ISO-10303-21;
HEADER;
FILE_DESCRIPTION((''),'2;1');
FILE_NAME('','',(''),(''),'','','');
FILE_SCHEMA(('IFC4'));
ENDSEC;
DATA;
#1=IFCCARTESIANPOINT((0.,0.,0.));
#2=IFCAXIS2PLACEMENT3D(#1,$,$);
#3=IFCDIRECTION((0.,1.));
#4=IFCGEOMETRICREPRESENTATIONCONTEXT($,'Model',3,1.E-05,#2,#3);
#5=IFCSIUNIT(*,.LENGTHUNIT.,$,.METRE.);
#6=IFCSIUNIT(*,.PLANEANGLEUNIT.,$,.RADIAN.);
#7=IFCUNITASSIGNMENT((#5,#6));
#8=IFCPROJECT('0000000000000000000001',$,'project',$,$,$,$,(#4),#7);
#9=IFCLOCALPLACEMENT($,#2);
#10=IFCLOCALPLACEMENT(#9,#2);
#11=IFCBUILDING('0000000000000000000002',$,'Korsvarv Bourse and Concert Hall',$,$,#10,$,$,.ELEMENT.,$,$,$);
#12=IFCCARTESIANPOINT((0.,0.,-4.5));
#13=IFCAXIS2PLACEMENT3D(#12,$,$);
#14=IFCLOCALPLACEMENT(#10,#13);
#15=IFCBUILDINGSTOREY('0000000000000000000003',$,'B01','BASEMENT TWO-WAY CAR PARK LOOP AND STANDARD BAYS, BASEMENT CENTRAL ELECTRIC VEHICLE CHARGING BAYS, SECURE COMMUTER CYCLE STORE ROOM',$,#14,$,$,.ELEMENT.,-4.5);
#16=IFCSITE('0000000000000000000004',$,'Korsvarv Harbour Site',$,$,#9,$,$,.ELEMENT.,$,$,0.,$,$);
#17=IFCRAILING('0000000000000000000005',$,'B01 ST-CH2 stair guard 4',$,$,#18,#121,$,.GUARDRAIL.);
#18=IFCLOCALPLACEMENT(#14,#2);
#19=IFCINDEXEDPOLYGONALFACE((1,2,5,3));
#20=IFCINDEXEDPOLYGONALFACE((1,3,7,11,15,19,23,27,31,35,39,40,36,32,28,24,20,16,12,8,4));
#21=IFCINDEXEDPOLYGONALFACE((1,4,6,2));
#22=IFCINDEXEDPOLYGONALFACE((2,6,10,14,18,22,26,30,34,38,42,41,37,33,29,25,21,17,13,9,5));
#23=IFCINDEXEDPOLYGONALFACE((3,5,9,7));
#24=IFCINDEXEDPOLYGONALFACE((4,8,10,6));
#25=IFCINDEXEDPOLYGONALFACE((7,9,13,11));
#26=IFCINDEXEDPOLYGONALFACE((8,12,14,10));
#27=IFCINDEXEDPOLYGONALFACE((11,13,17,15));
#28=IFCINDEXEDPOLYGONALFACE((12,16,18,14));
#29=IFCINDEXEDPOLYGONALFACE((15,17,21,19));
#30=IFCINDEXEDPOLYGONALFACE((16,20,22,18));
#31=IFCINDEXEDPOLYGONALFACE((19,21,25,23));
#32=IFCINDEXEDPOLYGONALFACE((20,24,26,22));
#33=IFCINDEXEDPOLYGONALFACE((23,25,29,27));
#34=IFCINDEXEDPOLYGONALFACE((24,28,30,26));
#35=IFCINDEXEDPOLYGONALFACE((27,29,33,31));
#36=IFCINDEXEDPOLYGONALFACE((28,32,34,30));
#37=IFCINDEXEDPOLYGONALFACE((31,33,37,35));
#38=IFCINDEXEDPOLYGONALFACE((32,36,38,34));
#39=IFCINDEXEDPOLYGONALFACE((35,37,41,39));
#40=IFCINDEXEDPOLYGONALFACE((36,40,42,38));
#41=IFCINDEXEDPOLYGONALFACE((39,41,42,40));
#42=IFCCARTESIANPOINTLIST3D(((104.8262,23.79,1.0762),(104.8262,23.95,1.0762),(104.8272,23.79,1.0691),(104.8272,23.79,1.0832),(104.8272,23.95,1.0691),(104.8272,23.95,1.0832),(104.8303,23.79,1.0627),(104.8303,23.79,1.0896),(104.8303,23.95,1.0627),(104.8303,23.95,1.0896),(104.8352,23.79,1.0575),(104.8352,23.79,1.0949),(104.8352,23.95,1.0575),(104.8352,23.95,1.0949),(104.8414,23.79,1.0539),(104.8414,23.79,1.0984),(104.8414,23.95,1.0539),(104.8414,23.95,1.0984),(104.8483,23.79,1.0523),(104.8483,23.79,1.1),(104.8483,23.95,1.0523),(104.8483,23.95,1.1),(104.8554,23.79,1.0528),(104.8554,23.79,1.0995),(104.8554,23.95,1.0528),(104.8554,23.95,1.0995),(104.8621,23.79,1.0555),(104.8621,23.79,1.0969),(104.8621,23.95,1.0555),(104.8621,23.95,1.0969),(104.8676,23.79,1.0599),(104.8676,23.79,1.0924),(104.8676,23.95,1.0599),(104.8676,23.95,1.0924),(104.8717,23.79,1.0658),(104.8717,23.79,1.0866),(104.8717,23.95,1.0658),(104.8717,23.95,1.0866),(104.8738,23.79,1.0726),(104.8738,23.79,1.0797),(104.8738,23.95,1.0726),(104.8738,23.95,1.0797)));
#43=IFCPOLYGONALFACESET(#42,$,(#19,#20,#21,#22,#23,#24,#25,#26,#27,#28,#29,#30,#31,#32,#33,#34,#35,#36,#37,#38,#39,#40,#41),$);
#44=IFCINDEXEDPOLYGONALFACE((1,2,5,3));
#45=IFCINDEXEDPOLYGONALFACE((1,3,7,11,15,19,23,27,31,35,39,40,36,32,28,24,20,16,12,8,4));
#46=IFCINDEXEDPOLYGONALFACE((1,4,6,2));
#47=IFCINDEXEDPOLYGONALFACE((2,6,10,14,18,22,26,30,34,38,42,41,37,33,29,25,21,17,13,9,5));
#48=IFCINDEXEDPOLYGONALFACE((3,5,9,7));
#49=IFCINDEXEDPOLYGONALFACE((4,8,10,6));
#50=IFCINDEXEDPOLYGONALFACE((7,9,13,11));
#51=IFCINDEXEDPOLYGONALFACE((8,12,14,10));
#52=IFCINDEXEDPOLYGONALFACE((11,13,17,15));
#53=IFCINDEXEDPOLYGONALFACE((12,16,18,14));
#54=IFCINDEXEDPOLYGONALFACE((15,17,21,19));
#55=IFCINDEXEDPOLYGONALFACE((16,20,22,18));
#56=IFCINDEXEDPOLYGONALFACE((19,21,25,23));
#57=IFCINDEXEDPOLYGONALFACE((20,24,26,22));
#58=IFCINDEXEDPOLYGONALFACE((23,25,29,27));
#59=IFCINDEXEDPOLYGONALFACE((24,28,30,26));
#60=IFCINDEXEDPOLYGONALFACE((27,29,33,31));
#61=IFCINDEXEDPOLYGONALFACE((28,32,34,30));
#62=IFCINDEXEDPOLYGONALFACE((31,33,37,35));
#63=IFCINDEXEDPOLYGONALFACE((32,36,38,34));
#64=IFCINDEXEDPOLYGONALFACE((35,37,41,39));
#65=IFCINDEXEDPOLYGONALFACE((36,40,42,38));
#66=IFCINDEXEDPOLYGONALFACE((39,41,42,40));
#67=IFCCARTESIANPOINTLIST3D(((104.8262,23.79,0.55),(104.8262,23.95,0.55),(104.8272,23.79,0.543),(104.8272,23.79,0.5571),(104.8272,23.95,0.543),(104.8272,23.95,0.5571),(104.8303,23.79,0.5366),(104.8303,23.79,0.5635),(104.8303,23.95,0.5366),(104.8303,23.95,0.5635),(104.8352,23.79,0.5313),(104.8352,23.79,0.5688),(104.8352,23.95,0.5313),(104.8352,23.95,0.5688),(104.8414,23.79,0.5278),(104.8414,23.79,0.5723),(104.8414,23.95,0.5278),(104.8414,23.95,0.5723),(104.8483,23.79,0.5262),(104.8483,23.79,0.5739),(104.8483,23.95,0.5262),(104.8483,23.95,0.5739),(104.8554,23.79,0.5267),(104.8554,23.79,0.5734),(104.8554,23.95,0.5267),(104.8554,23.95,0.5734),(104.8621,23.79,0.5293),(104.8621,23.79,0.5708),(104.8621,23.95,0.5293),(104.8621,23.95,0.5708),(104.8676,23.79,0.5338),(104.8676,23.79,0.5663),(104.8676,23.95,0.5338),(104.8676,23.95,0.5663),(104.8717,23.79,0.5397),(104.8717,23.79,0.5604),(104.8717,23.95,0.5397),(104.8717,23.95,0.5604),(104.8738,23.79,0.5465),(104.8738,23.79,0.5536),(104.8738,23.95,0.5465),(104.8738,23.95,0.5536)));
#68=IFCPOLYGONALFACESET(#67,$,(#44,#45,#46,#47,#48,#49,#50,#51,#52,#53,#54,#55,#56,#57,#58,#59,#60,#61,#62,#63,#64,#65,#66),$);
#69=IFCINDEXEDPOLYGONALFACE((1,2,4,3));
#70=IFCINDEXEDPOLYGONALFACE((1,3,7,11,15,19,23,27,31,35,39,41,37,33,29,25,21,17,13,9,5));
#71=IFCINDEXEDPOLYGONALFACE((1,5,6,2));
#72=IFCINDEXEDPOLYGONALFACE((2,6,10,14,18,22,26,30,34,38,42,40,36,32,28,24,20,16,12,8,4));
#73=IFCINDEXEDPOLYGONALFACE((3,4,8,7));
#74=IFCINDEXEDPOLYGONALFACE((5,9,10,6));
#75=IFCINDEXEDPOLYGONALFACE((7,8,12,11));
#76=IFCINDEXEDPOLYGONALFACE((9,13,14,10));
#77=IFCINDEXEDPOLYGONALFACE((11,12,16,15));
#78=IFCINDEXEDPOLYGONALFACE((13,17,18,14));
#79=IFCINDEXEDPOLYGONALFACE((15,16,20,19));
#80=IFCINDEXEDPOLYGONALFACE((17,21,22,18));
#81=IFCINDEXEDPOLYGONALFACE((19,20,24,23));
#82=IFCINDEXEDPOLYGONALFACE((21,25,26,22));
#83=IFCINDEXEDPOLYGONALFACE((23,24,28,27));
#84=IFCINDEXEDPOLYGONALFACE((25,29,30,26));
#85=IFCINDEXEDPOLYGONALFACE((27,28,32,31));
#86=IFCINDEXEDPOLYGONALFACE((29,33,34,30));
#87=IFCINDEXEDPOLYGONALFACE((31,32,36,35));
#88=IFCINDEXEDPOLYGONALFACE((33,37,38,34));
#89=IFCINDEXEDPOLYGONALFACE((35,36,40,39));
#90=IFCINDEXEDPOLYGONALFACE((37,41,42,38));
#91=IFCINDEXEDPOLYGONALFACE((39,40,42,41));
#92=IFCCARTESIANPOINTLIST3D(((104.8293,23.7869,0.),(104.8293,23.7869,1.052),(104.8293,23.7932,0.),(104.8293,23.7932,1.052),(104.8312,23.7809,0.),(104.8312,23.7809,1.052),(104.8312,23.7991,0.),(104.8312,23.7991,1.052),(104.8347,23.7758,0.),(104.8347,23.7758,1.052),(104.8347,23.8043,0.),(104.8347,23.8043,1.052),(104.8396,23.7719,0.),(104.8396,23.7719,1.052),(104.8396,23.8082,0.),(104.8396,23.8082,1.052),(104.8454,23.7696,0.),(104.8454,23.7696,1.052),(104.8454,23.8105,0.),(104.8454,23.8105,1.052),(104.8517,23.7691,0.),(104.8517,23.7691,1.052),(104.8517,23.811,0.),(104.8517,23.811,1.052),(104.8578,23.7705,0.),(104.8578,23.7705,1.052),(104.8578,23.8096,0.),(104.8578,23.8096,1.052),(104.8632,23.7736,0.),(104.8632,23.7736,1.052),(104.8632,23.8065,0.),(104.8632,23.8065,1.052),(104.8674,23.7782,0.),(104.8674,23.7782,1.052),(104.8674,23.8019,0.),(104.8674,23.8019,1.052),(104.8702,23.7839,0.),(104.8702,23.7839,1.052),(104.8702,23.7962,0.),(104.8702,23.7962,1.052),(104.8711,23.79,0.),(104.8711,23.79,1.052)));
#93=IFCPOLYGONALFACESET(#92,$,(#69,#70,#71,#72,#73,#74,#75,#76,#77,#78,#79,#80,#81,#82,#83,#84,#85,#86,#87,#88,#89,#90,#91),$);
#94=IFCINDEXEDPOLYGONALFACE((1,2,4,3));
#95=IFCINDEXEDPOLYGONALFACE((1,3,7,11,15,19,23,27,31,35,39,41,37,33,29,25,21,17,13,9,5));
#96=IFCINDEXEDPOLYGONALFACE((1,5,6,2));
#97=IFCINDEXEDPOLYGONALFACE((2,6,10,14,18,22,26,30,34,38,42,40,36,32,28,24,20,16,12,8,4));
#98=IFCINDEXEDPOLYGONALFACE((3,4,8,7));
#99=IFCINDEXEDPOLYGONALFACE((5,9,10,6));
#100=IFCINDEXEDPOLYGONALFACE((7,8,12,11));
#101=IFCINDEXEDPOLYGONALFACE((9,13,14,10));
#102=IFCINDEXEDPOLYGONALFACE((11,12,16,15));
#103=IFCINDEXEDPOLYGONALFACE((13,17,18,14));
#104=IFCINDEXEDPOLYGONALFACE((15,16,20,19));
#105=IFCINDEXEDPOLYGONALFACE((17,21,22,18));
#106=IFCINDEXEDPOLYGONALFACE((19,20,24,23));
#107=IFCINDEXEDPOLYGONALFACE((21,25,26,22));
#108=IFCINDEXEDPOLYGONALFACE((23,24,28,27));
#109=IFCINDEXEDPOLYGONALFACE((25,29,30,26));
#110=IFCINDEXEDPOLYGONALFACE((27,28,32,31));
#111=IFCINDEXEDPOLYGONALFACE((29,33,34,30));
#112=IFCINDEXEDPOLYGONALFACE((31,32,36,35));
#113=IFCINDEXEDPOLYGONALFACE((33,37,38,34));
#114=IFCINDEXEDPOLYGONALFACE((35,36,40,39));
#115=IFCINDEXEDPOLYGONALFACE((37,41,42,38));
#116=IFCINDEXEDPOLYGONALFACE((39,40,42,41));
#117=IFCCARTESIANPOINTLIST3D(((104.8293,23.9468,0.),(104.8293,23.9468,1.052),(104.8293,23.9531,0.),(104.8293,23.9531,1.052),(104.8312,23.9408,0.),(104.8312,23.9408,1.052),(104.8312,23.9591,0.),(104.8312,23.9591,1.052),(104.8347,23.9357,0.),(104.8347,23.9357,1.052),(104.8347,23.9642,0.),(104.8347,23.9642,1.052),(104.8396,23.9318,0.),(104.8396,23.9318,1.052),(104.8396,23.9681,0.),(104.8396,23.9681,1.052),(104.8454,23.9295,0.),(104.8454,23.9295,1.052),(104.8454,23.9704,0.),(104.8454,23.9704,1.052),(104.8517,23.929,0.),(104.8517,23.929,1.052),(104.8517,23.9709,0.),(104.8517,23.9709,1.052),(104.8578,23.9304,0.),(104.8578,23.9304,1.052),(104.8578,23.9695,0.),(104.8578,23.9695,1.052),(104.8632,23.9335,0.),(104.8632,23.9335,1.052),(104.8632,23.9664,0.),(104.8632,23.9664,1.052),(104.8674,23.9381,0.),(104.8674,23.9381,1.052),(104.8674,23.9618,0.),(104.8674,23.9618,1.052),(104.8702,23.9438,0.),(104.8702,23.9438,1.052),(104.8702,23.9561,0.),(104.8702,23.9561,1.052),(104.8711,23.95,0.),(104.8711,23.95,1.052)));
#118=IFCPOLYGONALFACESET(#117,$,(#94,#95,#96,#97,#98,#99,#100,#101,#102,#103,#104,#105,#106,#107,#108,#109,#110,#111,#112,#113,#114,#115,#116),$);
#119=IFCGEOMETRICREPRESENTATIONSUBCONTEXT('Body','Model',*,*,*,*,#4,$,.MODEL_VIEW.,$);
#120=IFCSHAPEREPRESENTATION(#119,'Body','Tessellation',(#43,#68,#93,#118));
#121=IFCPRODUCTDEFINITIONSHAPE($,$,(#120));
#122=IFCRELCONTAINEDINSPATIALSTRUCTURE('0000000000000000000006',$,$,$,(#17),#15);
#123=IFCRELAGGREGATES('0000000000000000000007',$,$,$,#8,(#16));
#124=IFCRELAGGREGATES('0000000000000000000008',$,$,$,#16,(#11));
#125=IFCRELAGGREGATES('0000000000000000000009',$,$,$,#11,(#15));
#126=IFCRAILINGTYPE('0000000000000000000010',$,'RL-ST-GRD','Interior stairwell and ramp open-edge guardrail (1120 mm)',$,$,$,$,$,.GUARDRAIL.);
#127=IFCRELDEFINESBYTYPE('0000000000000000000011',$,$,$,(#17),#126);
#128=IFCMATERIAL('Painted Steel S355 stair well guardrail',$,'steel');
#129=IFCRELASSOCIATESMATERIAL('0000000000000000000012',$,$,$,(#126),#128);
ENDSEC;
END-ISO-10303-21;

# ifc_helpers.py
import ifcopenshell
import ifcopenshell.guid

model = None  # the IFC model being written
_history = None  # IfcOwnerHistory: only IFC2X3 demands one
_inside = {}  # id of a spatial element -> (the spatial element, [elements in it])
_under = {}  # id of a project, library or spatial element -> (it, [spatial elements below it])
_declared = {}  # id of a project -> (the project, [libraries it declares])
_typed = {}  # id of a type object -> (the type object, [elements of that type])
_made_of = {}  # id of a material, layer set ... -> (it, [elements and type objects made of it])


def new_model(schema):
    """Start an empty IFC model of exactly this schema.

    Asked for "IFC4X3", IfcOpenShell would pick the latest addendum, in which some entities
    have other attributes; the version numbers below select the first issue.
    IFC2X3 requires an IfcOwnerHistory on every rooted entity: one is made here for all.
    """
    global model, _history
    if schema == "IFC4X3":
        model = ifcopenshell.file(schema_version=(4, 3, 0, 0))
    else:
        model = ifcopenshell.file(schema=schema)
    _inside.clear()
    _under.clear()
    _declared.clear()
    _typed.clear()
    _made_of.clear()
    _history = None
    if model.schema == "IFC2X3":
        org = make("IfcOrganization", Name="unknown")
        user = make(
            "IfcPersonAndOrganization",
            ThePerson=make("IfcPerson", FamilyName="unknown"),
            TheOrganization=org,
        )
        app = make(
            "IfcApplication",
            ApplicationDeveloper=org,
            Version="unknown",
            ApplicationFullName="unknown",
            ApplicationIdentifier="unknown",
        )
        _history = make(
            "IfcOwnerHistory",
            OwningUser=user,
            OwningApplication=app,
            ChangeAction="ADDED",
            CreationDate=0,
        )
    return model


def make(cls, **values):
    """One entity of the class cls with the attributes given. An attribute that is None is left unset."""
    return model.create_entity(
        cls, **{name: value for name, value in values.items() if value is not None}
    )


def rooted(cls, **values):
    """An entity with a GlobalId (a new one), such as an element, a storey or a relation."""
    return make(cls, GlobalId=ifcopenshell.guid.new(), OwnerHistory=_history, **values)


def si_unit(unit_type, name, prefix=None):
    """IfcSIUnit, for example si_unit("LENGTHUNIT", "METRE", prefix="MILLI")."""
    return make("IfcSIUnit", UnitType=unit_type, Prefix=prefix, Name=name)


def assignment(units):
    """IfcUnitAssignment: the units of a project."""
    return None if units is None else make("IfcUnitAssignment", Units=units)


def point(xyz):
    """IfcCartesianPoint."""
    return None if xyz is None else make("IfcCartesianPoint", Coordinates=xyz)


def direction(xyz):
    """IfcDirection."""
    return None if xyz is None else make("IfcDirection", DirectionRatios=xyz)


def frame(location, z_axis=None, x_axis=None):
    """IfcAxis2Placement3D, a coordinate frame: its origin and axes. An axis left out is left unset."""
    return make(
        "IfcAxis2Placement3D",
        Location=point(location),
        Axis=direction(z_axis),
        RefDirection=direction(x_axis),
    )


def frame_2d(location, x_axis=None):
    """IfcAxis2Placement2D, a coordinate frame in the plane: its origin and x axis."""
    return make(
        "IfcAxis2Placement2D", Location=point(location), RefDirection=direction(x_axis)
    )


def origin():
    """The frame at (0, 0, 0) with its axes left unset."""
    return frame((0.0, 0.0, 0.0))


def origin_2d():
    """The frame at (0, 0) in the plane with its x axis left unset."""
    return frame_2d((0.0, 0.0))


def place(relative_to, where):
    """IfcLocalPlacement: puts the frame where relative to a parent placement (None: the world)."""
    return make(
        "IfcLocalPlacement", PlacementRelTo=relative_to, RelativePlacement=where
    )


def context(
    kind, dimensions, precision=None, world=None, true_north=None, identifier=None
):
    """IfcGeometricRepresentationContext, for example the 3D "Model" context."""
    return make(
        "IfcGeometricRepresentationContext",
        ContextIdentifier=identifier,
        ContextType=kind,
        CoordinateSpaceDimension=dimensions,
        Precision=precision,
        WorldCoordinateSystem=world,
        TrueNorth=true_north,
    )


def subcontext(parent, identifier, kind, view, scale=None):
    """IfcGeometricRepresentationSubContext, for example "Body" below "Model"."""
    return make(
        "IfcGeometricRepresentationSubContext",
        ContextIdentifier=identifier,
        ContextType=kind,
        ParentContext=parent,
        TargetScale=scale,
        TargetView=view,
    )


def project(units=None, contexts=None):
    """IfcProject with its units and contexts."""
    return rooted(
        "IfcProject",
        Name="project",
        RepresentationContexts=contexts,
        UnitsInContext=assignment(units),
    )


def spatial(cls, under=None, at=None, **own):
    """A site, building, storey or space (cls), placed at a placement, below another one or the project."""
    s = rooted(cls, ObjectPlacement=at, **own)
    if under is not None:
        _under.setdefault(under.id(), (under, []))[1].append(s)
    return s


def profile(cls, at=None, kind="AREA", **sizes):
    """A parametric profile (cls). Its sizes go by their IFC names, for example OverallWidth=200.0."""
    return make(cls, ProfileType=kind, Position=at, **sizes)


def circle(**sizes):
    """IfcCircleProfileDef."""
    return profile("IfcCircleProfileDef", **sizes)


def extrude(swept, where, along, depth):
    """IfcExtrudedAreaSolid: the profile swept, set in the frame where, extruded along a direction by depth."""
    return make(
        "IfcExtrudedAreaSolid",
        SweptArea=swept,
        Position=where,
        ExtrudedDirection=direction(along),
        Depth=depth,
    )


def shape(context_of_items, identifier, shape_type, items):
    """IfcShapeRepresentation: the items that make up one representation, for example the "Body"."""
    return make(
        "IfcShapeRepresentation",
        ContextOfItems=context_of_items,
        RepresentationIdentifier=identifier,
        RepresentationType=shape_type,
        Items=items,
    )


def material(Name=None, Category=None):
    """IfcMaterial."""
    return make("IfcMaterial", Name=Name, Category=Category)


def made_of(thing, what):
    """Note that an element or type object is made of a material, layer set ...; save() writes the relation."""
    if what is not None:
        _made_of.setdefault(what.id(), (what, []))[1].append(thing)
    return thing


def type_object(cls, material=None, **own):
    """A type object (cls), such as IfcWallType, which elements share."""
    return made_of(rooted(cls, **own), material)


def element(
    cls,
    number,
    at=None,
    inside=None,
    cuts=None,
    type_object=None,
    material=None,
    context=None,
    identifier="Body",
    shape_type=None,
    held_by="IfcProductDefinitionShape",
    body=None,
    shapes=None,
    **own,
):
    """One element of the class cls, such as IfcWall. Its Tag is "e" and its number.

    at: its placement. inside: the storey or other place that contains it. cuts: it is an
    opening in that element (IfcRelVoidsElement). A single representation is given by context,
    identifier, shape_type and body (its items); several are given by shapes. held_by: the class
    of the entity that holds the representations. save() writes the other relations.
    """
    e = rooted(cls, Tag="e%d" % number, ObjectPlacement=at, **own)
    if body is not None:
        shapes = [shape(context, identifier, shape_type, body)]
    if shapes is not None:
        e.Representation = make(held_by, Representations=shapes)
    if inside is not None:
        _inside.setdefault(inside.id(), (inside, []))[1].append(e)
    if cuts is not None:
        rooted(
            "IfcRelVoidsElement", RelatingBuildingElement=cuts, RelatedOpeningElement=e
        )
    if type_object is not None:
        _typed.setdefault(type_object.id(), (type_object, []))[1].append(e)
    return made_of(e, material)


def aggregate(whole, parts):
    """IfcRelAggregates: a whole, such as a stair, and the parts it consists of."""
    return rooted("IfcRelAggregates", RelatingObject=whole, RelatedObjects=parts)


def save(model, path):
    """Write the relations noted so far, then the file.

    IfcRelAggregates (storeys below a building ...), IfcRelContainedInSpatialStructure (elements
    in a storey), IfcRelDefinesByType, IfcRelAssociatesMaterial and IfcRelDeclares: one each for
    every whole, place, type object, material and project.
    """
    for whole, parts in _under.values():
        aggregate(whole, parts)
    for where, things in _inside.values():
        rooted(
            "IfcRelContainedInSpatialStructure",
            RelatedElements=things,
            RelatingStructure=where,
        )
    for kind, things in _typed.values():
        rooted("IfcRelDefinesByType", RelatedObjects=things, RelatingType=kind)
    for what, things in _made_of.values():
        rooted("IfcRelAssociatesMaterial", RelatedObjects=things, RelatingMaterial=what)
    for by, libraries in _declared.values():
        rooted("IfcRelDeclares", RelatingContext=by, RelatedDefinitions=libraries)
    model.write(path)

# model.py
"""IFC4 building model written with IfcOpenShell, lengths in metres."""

from ifc_helpers import new_model, si_unit, direction, frame, origin, origin_2d, place, context, subcontext, project, spatial, circle, extrude, material, type_object, element, save


model = new_model("IFC4")

# Units and contexts
model_context = context("Model", 3, precision=1e-05, world=origin(), true_north=direction((0.0, 1.0)))
body_context = subcontext(model_context, "Body", "Model", "MODEL_VIEW")
ifc_project = project(units=[si_unit("LENGTHUNIT", "METRE"), si_unit("PLANEANGLEUNIT", "RADIAN")], contexts=[model_context])

# Site, building, storey
site_placement = place(None, origin())
site = spatial("IfcSite", under=ifc_project, at=site_placement, Name="Korsvarv Harbour Site", CompositionType="ELEMENT", RefElevation=0.0)
building_placement = place(site_placement, origin())
building = spatial("IfcBuilding", under=site, at=building_placement, Name="Korsvarv Bourse and Concert Hall", CompositionType="ELEMENT")
storey_placement = place(building_placement, frame((0.0, 0.0, -4.5)))
storey = spatial("IfcBuildingStorey", under=building, at=storey_placement, Name="B01", Description="BASEMENT TWO-WAY CAR PARK LOOP AND STANDARD BAYS, BASEMENT CENTRAL ELECTRIC VEHICLE CHARGING BAYS, SECURE COMMUTER CYCLE STORE ROOM", CompositionType="ELEMENT", Elevation=-4.5)

# Railing
ifc_material_1 = material(Name="Painted Steel S355 stair well guardrail", Category="steel")
railing_type_1 = type_object("IfcRailingType", Name="RL-ST-GRD", Description="Interior stairwell and ramp open-edge guardrail (1120 mm)", PredefinedType="GUARDRAIL", material=ifc_material_1)
railing_1_placement = place(storey_placement, frame((104.8501, 23.79, 0.0)))
element("IfcRailing", 1, at=railing_1_placement, inside=storey, type_object=railing_type_1, Name="B01 ST-CH2 stair guard 4", PredefinedType="GUARDRAIL", context=body_context, shape_type="SweptSolid", body=[
    extrude(circle(Radius=0.0239, at=origin_2d()), frame((0.0, 0.0, 1.0762), z_axis=(0.0, 1.0, 0.0), x_axis=(-1.0, 0.0, 0.0)), (0.0, 0.0, 1.0), 0.1599),
    extrude(circle(Radius=0.0239, at=origin_2d()), frame((0.0, 0.0, 0.55), z_axis=(0.0, 1.0, 0.0), x_axis=(-1.0, 0.0, 0.0)), (0.0, 0.0, 1.0), 0.1599),
    extrude(circle(Radius=0.021, at=origin_2d()), origin(), (0.0, 0.0, 1.0), 1.052),
    extrude(circle(Radius=0.021, at=origin_2d()), frame((0.0, 0.1599, 0.0)), (0.0, 0.0, 1.0), 1.052),
])

save(model, "model.ifc")
